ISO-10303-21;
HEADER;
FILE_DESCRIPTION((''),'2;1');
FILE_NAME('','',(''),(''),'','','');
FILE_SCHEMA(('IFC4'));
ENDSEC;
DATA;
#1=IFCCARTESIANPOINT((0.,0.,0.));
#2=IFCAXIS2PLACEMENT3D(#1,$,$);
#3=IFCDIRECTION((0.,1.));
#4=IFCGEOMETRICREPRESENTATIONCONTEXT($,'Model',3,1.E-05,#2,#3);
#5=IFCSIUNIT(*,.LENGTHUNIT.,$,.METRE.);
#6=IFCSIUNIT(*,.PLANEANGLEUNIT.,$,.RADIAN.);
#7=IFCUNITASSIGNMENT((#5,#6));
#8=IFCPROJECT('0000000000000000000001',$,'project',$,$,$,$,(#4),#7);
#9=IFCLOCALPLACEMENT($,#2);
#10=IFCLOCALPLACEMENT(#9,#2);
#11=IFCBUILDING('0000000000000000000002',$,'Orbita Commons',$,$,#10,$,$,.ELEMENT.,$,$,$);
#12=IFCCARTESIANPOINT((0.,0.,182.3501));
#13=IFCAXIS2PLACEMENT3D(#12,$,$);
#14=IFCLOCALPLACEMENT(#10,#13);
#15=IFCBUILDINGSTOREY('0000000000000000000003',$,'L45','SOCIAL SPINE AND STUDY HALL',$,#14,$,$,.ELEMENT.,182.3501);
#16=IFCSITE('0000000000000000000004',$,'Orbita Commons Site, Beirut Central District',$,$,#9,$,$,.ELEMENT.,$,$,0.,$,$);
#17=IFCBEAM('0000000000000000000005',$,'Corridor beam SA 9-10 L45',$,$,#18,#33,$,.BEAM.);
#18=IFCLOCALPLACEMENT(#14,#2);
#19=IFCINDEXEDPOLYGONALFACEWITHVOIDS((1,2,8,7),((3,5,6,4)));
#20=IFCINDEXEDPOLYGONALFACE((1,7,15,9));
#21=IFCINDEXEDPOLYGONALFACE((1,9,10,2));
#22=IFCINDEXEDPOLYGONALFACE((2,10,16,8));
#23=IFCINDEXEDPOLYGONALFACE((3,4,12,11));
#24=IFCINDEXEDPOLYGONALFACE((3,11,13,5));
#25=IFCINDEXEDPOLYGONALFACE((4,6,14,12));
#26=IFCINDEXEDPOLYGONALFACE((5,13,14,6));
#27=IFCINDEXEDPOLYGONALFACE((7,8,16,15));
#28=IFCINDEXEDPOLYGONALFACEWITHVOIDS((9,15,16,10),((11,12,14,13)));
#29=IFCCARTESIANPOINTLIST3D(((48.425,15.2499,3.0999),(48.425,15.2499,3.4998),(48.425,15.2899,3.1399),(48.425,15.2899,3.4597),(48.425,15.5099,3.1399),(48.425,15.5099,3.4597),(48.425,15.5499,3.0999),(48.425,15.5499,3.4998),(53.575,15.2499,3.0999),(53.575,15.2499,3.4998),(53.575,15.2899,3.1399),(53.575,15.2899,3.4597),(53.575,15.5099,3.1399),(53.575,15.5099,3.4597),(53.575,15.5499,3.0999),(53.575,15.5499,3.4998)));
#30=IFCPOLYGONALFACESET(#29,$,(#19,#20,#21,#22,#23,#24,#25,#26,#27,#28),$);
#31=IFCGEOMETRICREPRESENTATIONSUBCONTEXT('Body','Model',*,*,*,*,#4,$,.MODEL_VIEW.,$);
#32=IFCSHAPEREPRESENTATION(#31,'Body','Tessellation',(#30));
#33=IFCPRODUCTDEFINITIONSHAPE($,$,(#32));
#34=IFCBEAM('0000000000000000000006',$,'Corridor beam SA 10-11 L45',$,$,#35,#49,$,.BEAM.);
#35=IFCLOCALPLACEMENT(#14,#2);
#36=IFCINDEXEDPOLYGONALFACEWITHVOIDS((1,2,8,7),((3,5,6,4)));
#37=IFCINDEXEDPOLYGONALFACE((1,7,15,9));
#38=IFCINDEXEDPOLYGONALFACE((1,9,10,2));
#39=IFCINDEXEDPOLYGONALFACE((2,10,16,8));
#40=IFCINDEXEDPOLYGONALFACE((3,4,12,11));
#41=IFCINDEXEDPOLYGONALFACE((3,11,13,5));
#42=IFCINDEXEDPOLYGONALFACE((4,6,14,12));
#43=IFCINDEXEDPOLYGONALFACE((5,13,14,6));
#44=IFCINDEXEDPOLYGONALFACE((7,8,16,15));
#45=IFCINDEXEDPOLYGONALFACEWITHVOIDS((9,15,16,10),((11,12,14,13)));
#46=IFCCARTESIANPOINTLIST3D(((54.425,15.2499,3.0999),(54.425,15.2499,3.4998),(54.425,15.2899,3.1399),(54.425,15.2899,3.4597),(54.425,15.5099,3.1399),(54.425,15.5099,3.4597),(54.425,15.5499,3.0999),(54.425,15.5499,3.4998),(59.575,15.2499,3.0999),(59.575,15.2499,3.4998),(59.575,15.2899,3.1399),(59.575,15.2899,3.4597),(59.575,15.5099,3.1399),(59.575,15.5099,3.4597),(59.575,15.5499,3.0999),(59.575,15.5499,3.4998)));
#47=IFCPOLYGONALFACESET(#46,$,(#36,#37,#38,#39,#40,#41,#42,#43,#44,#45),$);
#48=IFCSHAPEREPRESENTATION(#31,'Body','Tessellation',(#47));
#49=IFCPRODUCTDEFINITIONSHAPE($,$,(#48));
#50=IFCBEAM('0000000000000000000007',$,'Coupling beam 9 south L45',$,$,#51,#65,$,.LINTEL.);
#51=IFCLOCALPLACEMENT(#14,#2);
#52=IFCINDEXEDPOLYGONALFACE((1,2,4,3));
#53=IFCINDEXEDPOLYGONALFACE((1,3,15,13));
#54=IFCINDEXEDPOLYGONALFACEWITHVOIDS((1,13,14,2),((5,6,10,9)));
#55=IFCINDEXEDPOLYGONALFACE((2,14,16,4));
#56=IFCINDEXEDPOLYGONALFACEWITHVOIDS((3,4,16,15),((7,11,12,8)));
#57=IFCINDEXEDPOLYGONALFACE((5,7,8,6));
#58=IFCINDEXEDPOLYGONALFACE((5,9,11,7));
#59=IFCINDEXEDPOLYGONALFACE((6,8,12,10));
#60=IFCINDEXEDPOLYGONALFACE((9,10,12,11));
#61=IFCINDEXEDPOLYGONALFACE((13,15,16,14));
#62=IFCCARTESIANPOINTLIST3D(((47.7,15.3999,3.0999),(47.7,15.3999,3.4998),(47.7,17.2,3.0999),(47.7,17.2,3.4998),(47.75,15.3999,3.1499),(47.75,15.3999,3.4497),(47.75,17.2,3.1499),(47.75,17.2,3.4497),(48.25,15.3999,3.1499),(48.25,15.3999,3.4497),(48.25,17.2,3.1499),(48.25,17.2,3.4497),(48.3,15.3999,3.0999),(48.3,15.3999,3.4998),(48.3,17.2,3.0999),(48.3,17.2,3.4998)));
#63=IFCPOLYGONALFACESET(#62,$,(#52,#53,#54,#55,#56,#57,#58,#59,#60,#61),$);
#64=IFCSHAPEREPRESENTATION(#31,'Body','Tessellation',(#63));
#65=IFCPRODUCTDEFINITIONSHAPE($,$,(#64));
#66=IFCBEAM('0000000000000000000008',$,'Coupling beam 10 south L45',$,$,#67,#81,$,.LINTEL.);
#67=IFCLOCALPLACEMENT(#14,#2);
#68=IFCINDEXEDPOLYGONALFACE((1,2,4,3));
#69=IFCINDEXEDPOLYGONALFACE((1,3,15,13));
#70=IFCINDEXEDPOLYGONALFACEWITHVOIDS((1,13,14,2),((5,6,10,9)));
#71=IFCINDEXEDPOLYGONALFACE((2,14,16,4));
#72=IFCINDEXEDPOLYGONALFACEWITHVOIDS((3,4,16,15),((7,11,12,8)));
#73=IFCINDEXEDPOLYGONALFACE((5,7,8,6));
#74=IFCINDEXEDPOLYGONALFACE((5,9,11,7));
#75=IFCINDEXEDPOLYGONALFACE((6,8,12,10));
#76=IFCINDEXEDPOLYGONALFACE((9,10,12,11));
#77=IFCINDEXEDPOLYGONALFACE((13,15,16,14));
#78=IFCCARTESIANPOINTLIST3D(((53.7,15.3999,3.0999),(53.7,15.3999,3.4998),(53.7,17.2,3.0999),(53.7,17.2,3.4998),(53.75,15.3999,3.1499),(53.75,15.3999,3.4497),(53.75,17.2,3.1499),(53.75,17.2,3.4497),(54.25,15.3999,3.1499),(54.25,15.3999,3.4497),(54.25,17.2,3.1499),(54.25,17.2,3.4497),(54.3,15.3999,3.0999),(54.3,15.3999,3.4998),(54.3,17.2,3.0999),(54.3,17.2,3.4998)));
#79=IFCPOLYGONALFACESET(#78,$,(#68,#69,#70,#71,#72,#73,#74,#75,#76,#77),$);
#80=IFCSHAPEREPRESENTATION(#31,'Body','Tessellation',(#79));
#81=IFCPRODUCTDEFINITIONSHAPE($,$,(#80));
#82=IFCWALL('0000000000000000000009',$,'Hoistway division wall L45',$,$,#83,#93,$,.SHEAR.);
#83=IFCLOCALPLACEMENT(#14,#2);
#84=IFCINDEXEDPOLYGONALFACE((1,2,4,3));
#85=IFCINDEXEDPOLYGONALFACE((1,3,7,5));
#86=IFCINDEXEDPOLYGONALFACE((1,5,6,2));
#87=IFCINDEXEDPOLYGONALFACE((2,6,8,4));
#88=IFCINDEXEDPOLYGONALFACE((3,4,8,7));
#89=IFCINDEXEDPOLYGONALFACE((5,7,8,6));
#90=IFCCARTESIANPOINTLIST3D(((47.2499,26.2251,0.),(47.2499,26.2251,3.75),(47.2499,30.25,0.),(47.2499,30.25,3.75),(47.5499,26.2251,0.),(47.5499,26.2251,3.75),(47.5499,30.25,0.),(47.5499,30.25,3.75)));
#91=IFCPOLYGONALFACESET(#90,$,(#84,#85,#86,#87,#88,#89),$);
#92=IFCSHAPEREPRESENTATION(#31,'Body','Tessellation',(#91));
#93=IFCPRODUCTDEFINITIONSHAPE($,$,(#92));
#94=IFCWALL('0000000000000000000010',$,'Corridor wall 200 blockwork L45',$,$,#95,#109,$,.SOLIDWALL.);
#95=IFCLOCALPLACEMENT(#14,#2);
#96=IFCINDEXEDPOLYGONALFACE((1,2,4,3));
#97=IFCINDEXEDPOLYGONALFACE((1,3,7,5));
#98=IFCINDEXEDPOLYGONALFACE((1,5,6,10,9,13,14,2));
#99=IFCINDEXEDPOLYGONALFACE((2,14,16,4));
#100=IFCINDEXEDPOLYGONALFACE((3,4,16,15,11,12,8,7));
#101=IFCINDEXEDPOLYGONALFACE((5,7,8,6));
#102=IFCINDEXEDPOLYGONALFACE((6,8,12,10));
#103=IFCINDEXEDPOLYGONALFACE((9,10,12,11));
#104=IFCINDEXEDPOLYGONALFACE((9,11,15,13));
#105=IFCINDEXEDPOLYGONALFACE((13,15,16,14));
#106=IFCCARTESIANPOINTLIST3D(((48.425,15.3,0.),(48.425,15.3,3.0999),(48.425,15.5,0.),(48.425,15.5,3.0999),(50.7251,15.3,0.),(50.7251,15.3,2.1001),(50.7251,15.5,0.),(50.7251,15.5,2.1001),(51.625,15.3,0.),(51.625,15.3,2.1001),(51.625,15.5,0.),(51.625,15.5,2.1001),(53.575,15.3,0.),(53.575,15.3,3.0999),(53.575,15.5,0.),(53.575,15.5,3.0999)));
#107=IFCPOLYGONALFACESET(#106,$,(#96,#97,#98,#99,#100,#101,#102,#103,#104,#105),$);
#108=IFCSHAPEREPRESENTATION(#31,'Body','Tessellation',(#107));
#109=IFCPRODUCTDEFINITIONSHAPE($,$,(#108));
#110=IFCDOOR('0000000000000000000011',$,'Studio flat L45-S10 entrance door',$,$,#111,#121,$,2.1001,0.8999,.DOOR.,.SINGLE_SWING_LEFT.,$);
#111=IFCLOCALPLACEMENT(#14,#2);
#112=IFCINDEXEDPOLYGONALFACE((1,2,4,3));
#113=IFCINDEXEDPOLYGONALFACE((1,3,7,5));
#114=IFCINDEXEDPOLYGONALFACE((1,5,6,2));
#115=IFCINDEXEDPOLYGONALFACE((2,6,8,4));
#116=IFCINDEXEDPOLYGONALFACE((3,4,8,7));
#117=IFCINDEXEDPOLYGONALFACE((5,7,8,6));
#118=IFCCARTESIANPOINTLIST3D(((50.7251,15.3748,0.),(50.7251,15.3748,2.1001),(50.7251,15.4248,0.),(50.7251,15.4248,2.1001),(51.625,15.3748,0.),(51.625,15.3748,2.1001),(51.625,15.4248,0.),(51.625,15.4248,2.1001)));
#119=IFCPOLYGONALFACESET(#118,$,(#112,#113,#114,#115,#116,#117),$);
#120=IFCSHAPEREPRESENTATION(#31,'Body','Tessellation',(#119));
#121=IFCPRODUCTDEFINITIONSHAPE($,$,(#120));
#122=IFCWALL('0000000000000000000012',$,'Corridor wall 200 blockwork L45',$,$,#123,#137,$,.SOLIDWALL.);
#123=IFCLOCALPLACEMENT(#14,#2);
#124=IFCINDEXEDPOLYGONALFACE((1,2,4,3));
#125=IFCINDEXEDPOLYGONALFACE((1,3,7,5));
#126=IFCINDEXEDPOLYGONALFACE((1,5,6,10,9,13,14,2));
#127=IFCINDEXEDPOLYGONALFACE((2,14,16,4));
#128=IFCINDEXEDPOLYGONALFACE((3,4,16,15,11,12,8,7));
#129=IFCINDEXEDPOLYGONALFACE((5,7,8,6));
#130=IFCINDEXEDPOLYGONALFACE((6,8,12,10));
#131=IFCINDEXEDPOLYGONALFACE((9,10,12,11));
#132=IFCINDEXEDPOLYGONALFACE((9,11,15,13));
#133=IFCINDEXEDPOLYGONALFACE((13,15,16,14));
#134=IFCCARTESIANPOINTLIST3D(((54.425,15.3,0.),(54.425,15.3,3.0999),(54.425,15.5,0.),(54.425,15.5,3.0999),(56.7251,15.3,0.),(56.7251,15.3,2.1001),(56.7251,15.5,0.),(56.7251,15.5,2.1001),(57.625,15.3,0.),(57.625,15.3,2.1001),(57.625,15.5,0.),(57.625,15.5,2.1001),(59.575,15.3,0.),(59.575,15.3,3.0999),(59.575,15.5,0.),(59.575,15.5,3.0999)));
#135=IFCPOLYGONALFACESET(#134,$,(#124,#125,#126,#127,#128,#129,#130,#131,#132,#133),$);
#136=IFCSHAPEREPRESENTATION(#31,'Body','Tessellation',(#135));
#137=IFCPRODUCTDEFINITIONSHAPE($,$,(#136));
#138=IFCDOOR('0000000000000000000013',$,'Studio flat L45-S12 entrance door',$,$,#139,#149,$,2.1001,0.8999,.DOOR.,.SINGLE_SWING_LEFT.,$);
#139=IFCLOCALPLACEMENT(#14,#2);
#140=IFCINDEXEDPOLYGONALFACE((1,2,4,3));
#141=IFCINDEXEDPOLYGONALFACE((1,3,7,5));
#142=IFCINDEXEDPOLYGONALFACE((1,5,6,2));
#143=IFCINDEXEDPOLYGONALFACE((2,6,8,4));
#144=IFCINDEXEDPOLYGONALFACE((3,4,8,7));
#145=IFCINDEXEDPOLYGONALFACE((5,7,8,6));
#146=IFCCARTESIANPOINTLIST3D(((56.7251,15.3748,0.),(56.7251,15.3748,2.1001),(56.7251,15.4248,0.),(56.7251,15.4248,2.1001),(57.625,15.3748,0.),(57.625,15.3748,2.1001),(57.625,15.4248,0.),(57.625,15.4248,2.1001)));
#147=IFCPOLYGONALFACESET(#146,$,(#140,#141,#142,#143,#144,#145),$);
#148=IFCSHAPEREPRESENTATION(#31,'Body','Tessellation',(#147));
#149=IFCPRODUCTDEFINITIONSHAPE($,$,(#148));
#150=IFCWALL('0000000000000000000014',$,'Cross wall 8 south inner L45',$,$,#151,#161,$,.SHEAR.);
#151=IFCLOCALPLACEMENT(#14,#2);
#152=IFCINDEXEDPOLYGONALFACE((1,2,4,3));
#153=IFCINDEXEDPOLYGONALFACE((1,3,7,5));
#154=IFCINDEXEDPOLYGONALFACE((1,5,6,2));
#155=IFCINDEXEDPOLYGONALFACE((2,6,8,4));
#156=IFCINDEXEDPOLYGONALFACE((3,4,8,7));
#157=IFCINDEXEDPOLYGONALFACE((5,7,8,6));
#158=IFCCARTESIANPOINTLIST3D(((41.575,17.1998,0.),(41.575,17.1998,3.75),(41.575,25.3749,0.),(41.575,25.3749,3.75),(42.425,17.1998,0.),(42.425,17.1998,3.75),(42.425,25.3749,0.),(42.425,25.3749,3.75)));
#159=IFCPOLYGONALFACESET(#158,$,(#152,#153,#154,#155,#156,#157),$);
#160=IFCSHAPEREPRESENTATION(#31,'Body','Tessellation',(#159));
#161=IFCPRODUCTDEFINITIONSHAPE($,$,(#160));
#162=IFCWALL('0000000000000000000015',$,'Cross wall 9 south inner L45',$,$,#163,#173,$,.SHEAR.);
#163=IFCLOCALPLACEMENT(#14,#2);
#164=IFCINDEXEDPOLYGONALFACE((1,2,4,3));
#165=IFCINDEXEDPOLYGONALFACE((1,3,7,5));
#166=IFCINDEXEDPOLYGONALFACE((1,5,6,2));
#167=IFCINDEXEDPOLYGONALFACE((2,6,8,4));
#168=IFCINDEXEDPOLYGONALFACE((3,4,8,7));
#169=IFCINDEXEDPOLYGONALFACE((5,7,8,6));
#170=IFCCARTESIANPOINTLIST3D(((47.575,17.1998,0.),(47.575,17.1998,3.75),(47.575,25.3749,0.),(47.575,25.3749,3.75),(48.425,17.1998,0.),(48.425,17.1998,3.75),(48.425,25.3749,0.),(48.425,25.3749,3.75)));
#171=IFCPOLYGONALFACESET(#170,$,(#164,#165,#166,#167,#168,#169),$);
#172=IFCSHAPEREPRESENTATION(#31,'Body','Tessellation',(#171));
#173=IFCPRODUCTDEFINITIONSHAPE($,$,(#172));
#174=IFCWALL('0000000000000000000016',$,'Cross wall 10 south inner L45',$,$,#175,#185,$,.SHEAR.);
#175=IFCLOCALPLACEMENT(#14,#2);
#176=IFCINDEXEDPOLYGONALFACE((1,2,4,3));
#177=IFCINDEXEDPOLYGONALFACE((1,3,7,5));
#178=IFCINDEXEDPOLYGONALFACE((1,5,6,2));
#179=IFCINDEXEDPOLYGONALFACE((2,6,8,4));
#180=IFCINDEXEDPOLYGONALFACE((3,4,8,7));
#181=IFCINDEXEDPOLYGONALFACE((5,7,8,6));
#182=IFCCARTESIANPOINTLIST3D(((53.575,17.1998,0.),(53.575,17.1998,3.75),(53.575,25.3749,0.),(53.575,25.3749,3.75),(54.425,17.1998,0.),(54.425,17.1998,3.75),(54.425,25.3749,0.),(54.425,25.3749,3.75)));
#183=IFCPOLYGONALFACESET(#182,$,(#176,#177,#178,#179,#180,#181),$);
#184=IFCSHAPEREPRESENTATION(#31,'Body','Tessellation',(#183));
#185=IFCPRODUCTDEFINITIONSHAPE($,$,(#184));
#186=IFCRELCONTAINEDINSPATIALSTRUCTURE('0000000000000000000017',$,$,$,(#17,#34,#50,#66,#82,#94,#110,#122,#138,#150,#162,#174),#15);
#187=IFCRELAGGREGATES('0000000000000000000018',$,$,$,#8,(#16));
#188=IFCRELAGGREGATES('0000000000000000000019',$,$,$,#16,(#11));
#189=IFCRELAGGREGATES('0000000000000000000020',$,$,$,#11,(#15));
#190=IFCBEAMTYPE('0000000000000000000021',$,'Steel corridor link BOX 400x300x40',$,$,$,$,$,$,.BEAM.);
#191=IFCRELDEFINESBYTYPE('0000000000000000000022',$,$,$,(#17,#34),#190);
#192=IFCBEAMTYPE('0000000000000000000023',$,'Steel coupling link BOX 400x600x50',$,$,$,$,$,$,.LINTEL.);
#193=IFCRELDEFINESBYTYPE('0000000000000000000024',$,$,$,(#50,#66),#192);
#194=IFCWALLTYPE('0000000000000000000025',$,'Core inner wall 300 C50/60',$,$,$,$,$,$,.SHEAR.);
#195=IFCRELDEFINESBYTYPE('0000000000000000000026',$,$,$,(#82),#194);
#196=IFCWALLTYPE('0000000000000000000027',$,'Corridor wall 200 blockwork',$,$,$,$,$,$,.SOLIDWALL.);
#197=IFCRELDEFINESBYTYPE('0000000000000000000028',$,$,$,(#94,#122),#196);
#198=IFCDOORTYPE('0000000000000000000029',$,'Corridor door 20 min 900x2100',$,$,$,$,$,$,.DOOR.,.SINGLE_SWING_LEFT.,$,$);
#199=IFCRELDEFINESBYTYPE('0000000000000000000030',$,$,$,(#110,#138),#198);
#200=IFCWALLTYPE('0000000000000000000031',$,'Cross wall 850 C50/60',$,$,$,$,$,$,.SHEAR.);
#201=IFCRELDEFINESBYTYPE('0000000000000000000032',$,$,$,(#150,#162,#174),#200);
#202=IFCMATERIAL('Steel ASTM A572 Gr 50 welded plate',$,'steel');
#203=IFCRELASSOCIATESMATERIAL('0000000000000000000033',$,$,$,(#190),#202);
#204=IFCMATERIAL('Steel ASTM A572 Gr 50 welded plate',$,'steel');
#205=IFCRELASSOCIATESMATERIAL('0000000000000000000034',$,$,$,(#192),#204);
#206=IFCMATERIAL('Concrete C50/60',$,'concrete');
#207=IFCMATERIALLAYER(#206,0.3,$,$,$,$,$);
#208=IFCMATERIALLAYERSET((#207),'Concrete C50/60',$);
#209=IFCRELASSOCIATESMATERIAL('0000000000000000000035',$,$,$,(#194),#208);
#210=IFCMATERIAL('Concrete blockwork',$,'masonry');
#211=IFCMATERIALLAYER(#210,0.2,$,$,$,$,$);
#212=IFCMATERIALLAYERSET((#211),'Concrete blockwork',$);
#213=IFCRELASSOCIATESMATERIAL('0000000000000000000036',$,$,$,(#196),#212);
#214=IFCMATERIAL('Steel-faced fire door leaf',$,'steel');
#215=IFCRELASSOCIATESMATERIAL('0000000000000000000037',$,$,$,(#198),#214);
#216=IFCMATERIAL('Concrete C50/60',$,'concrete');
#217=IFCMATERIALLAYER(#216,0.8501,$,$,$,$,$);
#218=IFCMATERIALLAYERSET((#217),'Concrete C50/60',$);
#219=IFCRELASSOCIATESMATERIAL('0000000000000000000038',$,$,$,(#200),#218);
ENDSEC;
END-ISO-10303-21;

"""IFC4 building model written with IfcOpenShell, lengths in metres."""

from ifc_helpers import new_model, si_unit, direction, frame, frame_2d, origin, origin_2d, place, context, subcontext, project, spatial, polyline, rectangle, hollow_rectangle, outline, extrude, material, layer, layer_set, material_profile, profile_set, type_object, element, fill, save


model = new_model("IFC4")

# Units and contexts
model_context = context("Model", 3, precision=1e-05, world=origin(), true_north=direction((0.0, 1.0)))
body_context = subcontext(model_context, "Body", "Model", "MODEL_VIEW")
ifc_project = project(units=[si_unit("LENGTHUNIT", "METRE"), si_unit("PLANEANGLEUNIT", "RADIAN")], contexts=[model_context])

# Site, building, storey
site_placement = place(None, origin())
site = spatial("IfcSite", under=ifc_project, at=site_placement, Name="Orbita Commons Site, Beirut Central District", CompositionType="ELEMENT", RefElevation=0.0)
building_placement = place(site_placement, origin())
building = spatial("IfcBuilding", under=site, at=building_placement, Name="Orbita Commons", CompositionType="ELEMENT")
storey_placement = place(building_placement, frame((0.0, 0.0, 182.3501)))
storey = spatial("IfcBuildingStorey", under=building, at=storey_placement, Name="L45", Description="SOCIAL SPINE AND STUDY HALL", CompositionType="ELEMENT", Elevation=182.3501)

# Beams
ifc_material_1 = material(Name="Steel ASTM A572 Gr 50 welded plate", Category="steel")
ifc_material_profile_1 = material_profile(ifc_material_1, hollow_rectangle(XDim=0.3, YDim=0.3999, WallThickness=0.04, at=origin_2d()), Name="BOX 400x300x40")
ifc_profile_set_1 = profile_set([ifc_material_profile_1], Name="Steel ASTM A572 Gr 50 welded plate")
beam_type_1 = type_object("IfcBeamType", Name="Steel corridor link BOX 400x300x40", PredefinedType="BEAM", material=ifc_profile_set_1)
for number, where, z_axis, x_axis, name in (
    (1, (48.425, 15.3999, 3.2998), (1.0, 0.0, 0.0), (0.0, 1.0, 0.0), "Corridor beam SA 9-10 L45"),
    (2, (54.425, 15.3999, 3.2998), (1.0, 0.0, 0.0), (0.0, 1.0, 0.0), "Corridor beam SA 10-11 L45"),
):
    element("IfcBeam", number, at=place(storey_placement, frame(where, z_axis=z_axis, x_axis=x_axis)), inside=storey, type_object=beam_type_1, Name=name, PredefinedType="BEAM", context=body_context, shape_type="SweptSolid", body=[
        extrude(hollow_rectangle(XDim=0.3, YDim=0.3999, WallThickness=0.04, at=origin_2d()), origin(), (0.0, 0.0, 1.0), 5.1499),
    ])
ifc_material_2 = material(Name="Steel ASTM A572 Gr 50 welded plate", Category="steel")
ifc_material_profile_2 = material_profile(ifc_material_2, hollow_rectangle(XDim=0.6001, YDim=0.3999, WallThickness=0.05, at=origin_2d()), Name="BOX 400x600x50")
ifc_profile_set_2 = profile_set([ifc_material_profile_2], Name="Steel ASTM A572 Gr 50 welded plate")
beam_type_2 = type_object("IfcBeamType", Name="Steel coupling link BOX 400x600x50", PredefinedType="LINTEL", material=ifc_profile_set_2)
for number, where, z_axis, x_axis, name in (
    (3, (48.0, 15.3999, 3.2998), (0.0, 1.0, 0.0), (-1.0, 0.0, 0.0), "Coupling beam 9 south L45"),
    (4, (54.0, 15.3999, 3.2998), (0.0, 1.0, 0.0), (-1.0, 0.0, 0.0), "Coupling beam 10 south L45"),
):
    element("IfcBeam", number, at=place(storey_placement, frame(where, z_axis=z_axis, x_axis=x_axis)), inside=storey, type_object=beam_type_2, Name=name, PredefinedType="LINTEL", context=body_context, shape_type="SweptSolid", body=[
        extrude(hollow_rectangle(XDim=0.6001, YDim=0.3999, WallThickness=0.05, at=origin_2d()), origin(), (0.0, 0.0, 1.0), 1.8),
    ])

# Wall
ifc_material_3 = material(Name="Concrete C50/60", Category="concrete")
ifc_layer_1 = layer(ifc_material_3, 0.3)
ifc_layer_set_1 = layer_set([ifc_layer_1], Name="Concrete C50/60")
wall_type_1 = type_object("IfcWallType", Name="Core inner wall 300 C50/60", PredefinedType="SHEAR", material=ifc_layer_set_1)
wall_1_placement = place(storey_placement, frame((47.3999, 26.2251, 0.0), z_axis=(0.0, 0.0, 1.0), x_axis=(0.0, 1.0, 0.0)))
element("IfcWall", 5, at=wall_1_placement, inside=storey, type_object=wall_type_1, Name="Hoistway division wall L45", PredefinedType="SHEAR", context=body_context, shape_type="SweptSolid", body=[
    extrude(rectangle(XDim=4.0249, YDim=0.3, at=frame_2d((2.0125, 0.0))), origin(), (0.0, 0.0, 1.0), 3.75),
])

# Walls, openings, doors
ifc_material_4 = material(Name="Concrete blockwork", Category="masonry")
ifc_layer_2 = layer(ifc_material_4, 0.2)
ifc_layer_set_2 = layer_set([ifc_layer_2], Name="Concrete blockwork")
wall_type_2 = type_object("IfcWallType", Name="Corridor wall 200 blockwork", PredefinedType="SOLIDWALL", material=ifc_layer_set_2)
wall_2_placement = place(storey_placement, frame((48.425, 15.3999, 0.0), z_axis=(0.0, 0.0, 1.0), x_axis=(1.0, 0.0, 0.0)))
wall_2 = element("IfcWall", 6, at=wall_2_placement, inside=storey, type_object=wall_type_2, Name="Corridor wall 200 blockwork L45", PredefinedType="SOLIDWALL", context=body_context, shape_type="SweptSolid", body=[
    extrude(outline(polyline([(0.0, 0.0), (5.1499, 0.0), (5.1499, 3.0999), (0.0, 3.0999), (0.0, 0.0)])), frame((0.0, 0.1001, 0.0), z_axis=(0.0, -1.0, 0.0), x_axis=(1.0, 0.0, 0.0)), (0.0, 0.0, 1.0), 0.2),
])
opening_1_placement = place(wall_2_placement, frame((2.3, 0.0, 0.0)))
opening_1 = element("IfcOpeningElement", 7, at=opening_1_placement, cuts=wall_2, PredefinedType="OPENING", context=body_context, shape_type="SweptSolid", body=[
    extrude(rectangle(XDim=0.8999, YDim=2.1001, at=frame_2d((0.45, 1.05))), frame((0.0, 0.1099, 0.0), z_axis=(0.0, -1.0, 0.0), x_axis=(1.0, 0.0, 0.0)), (0.0, 0.0, 1.0), 0.22),
])
ifc_material_5 = material(Name="Steel-faced fire door leaf", Category="steel")
door_type_1 = type_object("IfcDoorType", Name="Corridor door 20 min 900x2100", OperationType="SINGLE_SWING_LEFT", PredefinedType="DOOR", material=ifc_material_5)
door_1_placement = place(opening_1_placement, origin())
door_1 = element("IfcDoor", 8, at=door_1_placement, inside=storey, type_object=door_type_1, Name="Studio flat L45-S10 entrance door", OperationType="SINGLE_SWING_LEFT", OverallHeight=2.1001, OverallWidth=0.8999, PredefinedType="DOOR", context=body_context, shape_type="SweptSolid", body=[
    extrude(rectangle(XDim=0.8999, YDim=2.1001, at=frame_2d((0.45, 1.05))), frame((0.0, 0.0249, 0.0), z_axis=(0.0, -1.0, 0.0), x_axis=(1.0, 0.0, 0.0)), (0.0, 0.0, 1.0), 0.05),
])
fill(opening_1, door_1)
wall_3_placement = place(storey_placement, frame((54.425, 15.3999, 0.0), z_axis=(0.0, 0.0, 1.0), x_axis=(1.0, 0.0, 0.0)))
wall_3 = element("IfcWall", 9, at=wall_3_placement, inside=storey, type_object=wall_type_2, Name="Corridor wall 200 blockwork L45", PredefinedType="SOLIDWALL", context=body_context, shape_type="SweptSolid", body=[
    extrude(outline(polyline([(0.0, 0.0), (5.1499, 0.0), (5.1499, 3.0999), (0.0, 3.0999), (0.0, 0.0)])), frame((0.0, 0.1001, 0.0), z_axis=(0.0, -1.0, 0.0), x_axis=(1.0, 0.0, 0.0)), (0.0, 0.0, 1.0), 0.2),
])
opening_2_placement = place(wall_3_placement, frame((2.3, 0.0, 0.0)))
opening_2 = element("IfcOpeningElement", 10, at=opening_2_placement, cuts=wall_3, PredefinedType="OPENING", context=body_context, shape_type="SweptSolid", body=[
    extrude(rectangle(XDim=0.8999, YDim=2.1001, at=frame_2d((0.45, 1.05))), frame((0.0, 0.1099, 0.0), z_axis=(0.0, -1.0, 0.0), x_axis=(1.0, 0.0, 0.0)), (0.0, 0.0, 1.0), 0.22),
])
door_2_placement = place(opening_2_placement, origin())
door_2 = element("IfcDoor", 11, at=door_2_placement, inside=storey, type_object=door_type_1, Name="Studio flat L45-S12 entrance door", OperationType="SINGLE_SWING_LEFT", OverallHeight=2.1001, OverallWidth=0.8999, PredefinedType="DOOR", context=body_context, shape_type="SweptSolid", body=[
    extrude(rectangle(XDim=0.8999, YDim=2.1001, at=frame_2d((0.45, 1.05))), frame((0.0, 0.0249, 0.0), z_axis=(0.0, -1.0, 0.0), x_axis=(1.0, 0.0, 0.0)), (0.0, 0.0, 1.0), 0.05),
])
fill(opening_2, door_2)

# Walls
ifc_material_6 = material(Name="Concrete C50/60", Category="concrete")
ifc_layer_3 = layer(ifc_material_6, 0.8501)
ifc_layer_set_3 = layer_set([ifc_layer_3], Name="Concrete C50/60")
wall_type_3 = type_object("IfcWallType", Name="Cross wall 850 C50/60", PredefinedType="SHEAR", material=ifc_layer_set_3)
for number, where, z_axis, x_axis, name in (
    (12, (42.0, 17.2, 0.0), (0.0, 0.0, 1.0), (0.0, 1.0, 0.0), "Cross wall 8 south inner L45"),
    (13, (48.0, 17.2, 0.0), (0.0, 0.0, 1.0), (0.0, 1.0, 0.0), "Cross wall 9 south inner L45"),
    (14, (54.0, 17.2, 0.0), (0.0, 0.0, 1.0), (0.0, 1.0, 0.0), "Cross wall 10 south inner L45"),
):
    element("IfcWall", number, at=place(storey_placement, frame(where, z_axis=z_axis, x_axis=x_axis)), inside=storey, type_object=wall_type_3, Name=name, PredefinedType="SHEAR", context=body_context, shape_type="SweptSolid", body=[
        extrude(rectangle(XDim=8.175, YDim=0.8501, at=frame_2d((4.0874, 0.0))), origin(), (0.0, 0.0, 1.0), 3.75),
    ])

save(model, "model.ifc")
